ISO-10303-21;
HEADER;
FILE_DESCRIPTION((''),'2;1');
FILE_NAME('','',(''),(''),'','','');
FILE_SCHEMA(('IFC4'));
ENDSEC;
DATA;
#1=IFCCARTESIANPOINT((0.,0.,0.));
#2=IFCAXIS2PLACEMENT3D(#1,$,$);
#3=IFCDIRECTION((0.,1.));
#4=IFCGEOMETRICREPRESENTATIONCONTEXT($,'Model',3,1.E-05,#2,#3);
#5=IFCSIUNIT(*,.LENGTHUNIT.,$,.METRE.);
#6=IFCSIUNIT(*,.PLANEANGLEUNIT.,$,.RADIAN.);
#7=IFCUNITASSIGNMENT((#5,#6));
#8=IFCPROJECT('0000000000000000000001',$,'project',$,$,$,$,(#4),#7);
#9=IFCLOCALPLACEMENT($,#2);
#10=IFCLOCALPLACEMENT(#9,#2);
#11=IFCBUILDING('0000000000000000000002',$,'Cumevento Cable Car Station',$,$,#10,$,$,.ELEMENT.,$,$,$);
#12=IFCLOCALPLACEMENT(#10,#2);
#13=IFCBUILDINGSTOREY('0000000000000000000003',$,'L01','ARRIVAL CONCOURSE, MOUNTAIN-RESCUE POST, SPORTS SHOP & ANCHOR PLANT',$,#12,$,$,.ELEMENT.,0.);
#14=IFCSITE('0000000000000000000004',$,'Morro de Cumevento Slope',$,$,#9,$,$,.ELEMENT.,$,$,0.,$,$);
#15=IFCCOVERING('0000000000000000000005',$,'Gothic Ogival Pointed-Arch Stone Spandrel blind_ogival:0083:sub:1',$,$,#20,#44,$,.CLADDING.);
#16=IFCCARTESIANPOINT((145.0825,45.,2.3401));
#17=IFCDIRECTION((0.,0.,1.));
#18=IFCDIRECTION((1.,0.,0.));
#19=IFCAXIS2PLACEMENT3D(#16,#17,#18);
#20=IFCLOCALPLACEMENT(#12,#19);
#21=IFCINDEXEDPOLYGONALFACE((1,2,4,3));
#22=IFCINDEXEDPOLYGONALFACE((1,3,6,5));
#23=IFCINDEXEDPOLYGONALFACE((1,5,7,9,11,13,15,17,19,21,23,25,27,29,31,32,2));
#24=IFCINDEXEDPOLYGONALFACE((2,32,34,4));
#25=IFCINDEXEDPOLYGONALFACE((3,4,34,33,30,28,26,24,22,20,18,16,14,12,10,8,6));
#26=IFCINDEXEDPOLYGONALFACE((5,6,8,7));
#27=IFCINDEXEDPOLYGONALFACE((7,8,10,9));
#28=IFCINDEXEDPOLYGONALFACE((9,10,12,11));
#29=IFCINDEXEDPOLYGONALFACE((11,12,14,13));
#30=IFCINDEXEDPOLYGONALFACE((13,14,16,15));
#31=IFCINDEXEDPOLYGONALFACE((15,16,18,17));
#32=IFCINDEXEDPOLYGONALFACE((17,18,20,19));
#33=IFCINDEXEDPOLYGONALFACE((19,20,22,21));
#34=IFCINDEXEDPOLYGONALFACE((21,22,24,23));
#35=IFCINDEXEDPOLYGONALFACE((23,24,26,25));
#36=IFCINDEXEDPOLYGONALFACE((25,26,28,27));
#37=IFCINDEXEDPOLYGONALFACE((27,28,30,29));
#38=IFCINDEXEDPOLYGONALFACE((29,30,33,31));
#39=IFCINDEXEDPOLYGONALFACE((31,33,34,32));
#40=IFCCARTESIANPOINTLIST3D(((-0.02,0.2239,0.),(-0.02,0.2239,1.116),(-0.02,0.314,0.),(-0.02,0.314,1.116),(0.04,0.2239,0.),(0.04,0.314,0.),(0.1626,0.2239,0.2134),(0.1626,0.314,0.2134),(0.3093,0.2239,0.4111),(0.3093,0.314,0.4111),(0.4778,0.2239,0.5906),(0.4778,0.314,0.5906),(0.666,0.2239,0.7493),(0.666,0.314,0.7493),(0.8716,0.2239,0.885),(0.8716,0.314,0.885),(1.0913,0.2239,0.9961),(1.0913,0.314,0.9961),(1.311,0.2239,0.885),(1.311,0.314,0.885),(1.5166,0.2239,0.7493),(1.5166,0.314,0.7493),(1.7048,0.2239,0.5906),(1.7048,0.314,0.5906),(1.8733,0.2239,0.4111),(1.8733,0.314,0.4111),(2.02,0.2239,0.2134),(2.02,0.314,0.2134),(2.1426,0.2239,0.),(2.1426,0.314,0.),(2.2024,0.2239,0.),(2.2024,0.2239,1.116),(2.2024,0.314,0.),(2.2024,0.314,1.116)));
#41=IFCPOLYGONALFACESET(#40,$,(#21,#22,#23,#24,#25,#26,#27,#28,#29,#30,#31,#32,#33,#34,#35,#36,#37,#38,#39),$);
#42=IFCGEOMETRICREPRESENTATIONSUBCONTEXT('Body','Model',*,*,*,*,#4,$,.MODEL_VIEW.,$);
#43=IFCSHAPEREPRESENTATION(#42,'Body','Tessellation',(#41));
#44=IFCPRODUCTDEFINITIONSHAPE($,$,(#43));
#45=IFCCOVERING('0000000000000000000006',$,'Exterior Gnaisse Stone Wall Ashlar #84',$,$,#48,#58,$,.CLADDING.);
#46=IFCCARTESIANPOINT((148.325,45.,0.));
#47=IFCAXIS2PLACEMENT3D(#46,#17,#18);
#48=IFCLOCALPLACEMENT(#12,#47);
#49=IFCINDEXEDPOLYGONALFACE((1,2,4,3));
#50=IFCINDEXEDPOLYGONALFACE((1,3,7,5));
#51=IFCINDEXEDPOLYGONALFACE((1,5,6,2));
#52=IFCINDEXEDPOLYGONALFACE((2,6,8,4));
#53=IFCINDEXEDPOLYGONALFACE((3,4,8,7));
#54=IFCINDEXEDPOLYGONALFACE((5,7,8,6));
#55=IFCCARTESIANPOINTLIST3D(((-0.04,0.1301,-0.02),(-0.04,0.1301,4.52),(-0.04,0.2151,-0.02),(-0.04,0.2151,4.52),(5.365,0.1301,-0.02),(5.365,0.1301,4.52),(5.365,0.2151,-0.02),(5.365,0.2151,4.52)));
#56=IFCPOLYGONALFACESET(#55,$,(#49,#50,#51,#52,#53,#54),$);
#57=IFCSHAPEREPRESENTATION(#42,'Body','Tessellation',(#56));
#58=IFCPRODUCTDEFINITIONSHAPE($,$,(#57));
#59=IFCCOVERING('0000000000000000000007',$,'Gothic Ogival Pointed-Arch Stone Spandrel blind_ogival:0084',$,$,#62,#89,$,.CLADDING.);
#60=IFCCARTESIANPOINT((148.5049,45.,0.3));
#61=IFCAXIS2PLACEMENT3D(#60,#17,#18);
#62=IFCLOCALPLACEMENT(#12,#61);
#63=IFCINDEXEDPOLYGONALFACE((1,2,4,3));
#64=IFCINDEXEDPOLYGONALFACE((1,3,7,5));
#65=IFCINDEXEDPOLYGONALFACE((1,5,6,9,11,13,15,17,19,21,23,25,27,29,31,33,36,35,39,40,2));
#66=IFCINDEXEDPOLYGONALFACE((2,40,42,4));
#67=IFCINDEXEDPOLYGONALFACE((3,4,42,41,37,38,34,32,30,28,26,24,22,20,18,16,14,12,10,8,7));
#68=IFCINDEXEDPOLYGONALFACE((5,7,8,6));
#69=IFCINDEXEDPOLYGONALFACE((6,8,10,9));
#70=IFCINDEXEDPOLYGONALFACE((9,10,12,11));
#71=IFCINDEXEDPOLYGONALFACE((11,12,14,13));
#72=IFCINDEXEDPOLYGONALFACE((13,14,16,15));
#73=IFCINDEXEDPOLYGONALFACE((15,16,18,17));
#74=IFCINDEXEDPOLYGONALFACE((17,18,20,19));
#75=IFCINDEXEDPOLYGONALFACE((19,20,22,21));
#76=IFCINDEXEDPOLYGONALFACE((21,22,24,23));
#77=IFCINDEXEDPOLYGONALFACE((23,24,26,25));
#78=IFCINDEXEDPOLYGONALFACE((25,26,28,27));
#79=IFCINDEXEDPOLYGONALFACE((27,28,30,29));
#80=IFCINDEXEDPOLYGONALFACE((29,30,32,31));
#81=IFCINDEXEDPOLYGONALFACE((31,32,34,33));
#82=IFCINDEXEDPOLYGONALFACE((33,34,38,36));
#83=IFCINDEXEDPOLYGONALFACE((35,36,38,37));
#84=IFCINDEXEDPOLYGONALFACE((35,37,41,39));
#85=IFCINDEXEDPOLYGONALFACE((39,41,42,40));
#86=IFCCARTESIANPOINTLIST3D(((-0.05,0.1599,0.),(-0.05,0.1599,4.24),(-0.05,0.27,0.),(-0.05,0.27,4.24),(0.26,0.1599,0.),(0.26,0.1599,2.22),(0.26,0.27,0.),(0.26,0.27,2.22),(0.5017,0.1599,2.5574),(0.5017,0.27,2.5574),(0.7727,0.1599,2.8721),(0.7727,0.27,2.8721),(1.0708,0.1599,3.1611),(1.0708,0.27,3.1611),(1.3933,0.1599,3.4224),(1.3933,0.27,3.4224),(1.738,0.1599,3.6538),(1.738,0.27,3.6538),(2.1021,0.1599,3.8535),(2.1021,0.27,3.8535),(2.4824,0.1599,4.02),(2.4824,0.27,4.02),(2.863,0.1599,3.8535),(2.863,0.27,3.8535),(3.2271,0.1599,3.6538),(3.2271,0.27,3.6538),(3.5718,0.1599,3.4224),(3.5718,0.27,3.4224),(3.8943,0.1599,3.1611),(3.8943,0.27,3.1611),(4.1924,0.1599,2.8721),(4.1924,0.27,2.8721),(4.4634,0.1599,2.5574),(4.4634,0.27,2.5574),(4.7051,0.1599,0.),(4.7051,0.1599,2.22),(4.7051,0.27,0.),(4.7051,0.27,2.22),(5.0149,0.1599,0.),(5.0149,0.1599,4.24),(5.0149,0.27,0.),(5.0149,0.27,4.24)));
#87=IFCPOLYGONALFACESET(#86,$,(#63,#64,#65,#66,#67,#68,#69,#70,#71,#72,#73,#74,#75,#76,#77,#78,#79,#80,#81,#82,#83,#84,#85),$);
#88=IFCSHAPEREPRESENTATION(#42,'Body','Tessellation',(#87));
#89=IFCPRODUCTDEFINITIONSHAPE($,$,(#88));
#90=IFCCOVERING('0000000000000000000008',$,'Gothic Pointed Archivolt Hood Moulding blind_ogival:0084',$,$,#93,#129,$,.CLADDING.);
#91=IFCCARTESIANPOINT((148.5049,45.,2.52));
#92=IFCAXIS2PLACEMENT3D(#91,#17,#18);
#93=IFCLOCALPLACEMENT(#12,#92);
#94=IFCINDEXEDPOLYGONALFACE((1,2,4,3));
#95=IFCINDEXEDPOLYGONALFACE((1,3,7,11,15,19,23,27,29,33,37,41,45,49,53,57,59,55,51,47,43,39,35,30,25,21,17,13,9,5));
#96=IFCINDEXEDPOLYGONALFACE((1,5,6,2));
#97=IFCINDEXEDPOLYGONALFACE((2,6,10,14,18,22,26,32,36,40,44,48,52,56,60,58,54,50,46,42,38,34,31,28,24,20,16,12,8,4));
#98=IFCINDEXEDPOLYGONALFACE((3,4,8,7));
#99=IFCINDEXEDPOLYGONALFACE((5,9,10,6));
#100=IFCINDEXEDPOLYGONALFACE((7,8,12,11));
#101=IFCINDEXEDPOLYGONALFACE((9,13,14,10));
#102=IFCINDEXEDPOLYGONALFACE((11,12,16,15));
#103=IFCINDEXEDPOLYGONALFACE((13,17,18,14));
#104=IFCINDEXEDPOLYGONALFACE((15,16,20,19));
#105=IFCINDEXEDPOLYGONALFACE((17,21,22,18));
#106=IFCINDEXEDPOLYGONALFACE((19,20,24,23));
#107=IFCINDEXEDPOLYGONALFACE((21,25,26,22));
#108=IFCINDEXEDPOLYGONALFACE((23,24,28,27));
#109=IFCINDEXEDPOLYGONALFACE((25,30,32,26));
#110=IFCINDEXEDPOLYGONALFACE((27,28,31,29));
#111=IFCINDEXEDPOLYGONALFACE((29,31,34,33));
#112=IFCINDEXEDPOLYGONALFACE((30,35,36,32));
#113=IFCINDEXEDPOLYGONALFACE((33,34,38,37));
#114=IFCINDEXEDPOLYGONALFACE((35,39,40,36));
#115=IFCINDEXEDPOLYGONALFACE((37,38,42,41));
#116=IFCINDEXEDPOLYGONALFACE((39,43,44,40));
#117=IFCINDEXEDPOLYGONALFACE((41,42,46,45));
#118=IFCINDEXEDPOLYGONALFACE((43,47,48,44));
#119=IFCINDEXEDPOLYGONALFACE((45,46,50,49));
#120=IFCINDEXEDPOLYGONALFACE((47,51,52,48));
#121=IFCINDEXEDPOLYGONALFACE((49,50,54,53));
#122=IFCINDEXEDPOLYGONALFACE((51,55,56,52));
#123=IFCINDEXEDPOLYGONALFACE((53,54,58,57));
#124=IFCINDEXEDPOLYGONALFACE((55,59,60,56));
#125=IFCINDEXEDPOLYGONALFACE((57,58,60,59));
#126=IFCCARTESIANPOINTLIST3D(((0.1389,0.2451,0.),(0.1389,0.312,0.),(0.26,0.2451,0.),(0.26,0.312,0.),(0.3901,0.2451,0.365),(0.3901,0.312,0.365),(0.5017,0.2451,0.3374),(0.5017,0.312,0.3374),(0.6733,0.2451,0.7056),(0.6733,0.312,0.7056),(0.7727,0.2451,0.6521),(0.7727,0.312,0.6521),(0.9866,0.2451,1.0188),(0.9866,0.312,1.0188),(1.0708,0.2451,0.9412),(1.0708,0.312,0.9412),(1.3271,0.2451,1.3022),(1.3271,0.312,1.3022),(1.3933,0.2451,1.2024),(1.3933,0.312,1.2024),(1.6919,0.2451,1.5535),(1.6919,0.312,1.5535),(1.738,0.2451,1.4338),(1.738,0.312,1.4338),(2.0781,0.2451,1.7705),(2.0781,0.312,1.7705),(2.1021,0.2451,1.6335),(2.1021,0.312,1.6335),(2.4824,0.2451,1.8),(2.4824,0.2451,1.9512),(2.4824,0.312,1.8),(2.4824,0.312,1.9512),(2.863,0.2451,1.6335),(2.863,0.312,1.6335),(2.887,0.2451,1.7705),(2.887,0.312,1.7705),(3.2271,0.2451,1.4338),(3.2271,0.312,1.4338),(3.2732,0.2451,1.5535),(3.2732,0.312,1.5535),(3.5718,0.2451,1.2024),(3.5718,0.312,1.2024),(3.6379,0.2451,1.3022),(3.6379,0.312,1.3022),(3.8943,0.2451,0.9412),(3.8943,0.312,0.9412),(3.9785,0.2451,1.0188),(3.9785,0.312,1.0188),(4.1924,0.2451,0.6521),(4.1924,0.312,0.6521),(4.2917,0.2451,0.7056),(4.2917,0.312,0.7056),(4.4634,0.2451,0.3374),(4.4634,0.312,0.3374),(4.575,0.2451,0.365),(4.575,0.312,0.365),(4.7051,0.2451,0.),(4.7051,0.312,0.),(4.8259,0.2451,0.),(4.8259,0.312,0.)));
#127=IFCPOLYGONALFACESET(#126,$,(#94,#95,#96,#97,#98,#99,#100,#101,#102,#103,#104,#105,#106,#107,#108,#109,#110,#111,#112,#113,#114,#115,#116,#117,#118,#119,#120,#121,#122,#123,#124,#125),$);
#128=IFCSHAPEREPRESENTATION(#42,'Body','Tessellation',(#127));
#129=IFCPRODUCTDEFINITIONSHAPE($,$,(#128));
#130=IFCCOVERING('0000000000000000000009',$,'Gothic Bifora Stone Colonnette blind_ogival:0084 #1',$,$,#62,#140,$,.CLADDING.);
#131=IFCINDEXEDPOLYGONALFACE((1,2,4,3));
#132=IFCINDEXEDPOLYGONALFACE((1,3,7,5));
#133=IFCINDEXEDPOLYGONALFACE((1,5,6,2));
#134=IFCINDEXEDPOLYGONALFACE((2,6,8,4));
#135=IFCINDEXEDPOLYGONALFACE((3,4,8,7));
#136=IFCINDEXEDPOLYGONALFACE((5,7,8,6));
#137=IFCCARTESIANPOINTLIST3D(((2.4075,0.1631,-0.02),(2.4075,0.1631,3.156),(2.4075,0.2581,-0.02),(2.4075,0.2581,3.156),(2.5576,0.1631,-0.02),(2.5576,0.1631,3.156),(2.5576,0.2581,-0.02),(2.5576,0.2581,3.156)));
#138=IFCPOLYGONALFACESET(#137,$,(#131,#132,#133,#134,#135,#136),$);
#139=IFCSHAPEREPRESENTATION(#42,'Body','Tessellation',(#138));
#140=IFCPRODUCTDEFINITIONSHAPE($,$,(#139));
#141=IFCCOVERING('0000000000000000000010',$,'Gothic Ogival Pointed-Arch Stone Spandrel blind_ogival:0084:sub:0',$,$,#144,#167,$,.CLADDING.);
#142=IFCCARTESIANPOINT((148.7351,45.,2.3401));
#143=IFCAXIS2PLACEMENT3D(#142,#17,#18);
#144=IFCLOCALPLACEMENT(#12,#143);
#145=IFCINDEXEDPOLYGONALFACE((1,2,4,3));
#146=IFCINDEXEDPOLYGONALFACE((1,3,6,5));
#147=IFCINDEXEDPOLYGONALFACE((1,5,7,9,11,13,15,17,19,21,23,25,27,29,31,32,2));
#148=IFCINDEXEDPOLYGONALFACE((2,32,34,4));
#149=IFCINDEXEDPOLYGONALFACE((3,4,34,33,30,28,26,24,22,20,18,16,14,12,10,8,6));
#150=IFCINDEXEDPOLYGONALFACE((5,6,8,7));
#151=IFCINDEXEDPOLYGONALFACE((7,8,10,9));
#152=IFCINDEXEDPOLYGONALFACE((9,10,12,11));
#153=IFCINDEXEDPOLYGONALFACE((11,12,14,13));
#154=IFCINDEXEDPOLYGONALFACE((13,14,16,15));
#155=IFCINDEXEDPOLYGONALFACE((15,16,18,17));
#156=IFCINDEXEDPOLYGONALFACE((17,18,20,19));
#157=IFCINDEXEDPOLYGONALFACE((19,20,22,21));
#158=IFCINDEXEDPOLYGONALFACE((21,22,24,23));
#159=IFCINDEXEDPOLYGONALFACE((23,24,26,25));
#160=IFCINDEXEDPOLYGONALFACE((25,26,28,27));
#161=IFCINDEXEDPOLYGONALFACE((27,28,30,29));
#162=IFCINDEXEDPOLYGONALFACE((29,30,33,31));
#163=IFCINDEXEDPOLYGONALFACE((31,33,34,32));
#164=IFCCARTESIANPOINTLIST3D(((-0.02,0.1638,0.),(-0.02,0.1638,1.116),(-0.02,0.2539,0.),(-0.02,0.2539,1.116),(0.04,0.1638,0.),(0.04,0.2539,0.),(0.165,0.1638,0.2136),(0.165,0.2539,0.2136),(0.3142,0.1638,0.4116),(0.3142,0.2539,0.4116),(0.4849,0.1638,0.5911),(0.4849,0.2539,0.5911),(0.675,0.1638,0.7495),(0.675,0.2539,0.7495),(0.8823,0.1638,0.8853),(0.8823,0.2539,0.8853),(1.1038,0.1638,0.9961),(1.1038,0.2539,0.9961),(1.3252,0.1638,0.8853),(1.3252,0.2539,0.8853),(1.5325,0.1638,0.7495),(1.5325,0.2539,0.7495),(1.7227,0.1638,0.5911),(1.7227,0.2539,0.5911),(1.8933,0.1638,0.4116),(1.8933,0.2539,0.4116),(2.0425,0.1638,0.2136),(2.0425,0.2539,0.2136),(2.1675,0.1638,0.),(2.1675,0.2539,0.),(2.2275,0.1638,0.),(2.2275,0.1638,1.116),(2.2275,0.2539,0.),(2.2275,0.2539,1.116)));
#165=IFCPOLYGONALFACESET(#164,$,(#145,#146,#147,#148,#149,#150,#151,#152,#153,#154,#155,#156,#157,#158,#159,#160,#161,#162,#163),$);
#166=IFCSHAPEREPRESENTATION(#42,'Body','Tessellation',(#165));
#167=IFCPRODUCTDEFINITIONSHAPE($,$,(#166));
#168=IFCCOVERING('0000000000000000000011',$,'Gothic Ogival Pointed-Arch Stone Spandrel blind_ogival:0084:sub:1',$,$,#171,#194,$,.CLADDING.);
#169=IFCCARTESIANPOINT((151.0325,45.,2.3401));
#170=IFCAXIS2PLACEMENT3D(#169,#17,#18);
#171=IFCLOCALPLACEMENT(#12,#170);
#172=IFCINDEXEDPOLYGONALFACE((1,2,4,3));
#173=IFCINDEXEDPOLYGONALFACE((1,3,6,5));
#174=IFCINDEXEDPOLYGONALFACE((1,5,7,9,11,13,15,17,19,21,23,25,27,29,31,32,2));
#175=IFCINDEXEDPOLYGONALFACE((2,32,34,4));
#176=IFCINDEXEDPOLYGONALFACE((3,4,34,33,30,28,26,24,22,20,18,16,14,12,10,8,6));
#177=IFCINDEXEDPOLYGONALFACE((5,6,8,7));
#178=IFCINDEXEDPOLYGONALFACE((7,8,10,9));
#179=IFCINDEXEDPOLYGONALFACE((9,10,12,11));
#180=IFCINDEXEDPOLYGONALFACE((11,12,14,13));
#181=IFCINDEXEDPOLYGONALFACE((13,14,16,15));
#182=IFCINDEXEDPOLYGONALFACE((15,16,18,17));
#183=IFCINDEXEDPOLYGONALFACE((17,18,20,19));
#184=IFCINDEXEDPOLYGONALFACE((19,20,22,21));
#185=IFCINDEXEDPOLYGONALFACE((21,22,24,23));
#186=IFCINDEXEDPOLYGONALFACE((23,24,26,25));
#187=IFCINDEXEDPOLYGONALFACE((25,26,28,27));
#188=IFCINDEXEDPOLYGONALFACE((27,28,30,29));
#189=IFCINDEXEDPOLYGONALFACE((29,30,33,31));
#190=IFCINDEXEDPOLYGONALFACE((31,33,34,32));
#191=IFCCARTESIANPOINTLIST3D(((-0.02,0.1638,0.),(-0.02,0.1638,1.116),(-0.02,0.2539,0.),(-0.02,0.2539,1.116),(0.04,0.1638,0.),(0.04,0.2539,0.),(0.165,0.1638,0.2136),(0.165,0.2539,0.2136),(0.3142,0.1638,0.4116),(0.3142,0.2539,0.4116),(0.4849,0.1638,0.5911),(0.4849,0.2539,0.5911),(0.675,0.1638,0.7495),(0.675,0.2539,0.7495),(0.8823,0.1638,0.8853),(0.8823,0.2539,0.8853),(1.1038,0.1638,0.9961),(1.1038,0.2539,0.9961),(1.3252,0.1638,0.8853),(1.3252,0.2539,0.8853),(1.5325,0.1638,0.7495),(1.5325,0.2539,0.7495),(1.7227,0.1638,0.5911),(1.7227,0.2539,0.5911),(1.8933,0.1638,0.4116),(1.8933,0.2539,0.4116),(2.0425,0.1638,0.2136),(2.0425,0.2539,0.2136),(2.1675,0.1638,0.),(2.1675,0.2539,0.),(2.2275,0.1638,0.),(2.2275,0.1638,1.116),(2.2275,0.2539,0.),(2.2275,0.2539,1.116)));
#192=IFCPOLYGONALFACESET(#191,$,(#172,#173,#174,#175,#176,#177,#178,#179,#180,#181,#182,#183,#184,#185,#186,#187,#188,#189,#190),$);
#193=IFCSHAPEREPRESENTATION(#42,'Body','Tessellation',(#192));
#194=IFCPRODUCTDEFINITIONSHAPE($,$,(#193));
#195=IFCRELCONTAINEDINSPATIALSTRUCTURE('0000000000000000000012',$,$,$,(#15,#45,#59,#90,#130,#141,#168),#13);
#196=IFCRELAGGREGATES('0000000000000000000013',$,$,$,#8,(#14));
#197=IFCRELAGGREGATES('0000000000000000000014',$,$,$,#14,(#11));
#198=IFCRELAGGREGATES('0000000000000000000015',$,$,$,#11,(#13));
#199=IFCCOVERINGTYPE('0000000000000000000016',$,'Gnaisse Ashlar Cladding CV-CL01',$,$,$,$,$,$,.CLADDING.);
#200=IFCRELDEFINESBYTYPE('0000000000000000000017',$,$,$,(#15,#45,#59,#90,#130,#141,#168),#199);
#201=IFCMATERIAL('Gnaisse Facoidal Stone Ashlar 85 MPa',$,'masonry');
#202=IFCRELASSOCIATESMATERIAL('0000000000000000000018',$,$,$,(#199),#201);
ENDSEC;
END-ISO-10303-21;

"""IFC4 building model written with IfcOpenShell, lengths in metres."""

from ifc_helpers import new_model, si_unit, direction, frame, origin, place, context, subcontext, project, spatial, polyline, outline, extrude, material, type_object, element, save


model = new_model("IFC4")

# Units and contexts
model_context = context("Model", 3, precision=1e-05, world=origin(), true_north=direction((0.0, 1.0)))
body_context = subcontext(model_context, "Body", "Model", "MODEL_VIEW")
ifc_project = project(units=[si_unit("LENGTHUNIT", "METRE"), si_unit("PLANEANGLEUNIT", "RADIAN")], contexts=[model_context])

# Site, building, storey
site_placement = place(None, origin())
site = spatial("IfcSite", under=ifc_project, at=site_placement, Name="Morro de Cumevento Slope", CompositionType="ELEMENT", RefElevation=0.0)
building_placement = place(site_placement, origin())
building = spatial("IfcBuilding", under=site, at=building_placement, Name="Cumevento Cable Car Station", CompositionType="ELEMENT")
storey_placement = place(building_placement, origin())
storey = spatial("IfcBuildingStorey", under=building, at=storey_placement, Name="L01", Description="ARRIVAL CONCOURSE, MOUNTAIN-RESCUE POST, SPORTS SHOP & ANCHOR PLANT", CompositionType="ELEMENT", Elevation=0.0)

# Coverings
ifc_material_1 = material(Name="Gnaisse Facoidal Stone Ashlar 85 MPa", Category="masonry")
covering_type = type_object("IfcCoveringType", Name="Gnaisse Ashlar Cladding CV-CL01", PredefinedType="CLADDING", material=ifc_material_1)
covering_1_placement = place(storey_placement, frame((145.0825, 45.0, 2.3401), z_axis=(0.0, 0.0, 1.0), x_axis=(1.0, 0.0, 0.0)))
element("IfcCovering", 1, at=covering_1_placement, inside=storey, type_object=covering_type, Name="Gothic Ogival Pointed-Arch Stone Spandrel blind_ogival:0083:sub:1", PredefinedType="CLADDING", context=body_context, shape_type="SweptSolid", body=[
    extrude(outline(polyline([(-0.02, 0.0), (-0.02, 1.116), (2.2024, 1.116), (2.2024, 0.0), (2.1426, 0.0), (2.02, 0.2134), (1.8733, 0.4111), (1.7048, 0.5906), (1.5166, 0.7493), (1.311, 0.885), (1.0913, 0.9961), (0.8716, 0.885), (0.666, 0.7493), (0.4778, 0.5906), (0.3093, 0.4111), (0.1626, 0.2134), (0.04, 0.0), (-0.02, 0.0)])), frame((0.0, 0.314, 0.0), z_axis=(0.0, -1.0, 0.0), x_axis=(1.0, 0.0, 0.0)), (0.0, 0.0, 1.0), 0.0901),
])
covering_2_placement = place(storey_placement, frame((148.325, 45.0, 0.0), z_axis=(0.0, 0.0, 1.0), x_axis=(1.0, 0.0, 0.0)))
element("IfcCovering", 2, at=covering_2_placement, inside=storey, type_object=covering_type, Name="Exterior Gnaisse Stone Wall Ashlar #84", PredefinedType="CLADDING", context=body_context, shape_type="SweptSolid", body=[
    extrude(outline(polyline([(-0.04, -0.02), (5.365, -0.02), (5.365, 4.52), (-0.04, 4.52), (-0.04, -0.02)])), frame((0.0, 0.2151, 0.0), z_axis=(0.0, -1.0, 0.0), x_axis=(1.0, 0.0, 0.0)), (0.0, 0.0, 1.0), 0.085),
])
placement = place(storey_placement, frame((148.5049, 45.0, 0.3), z_axis=(0.0, 0.0, 1.0), x_axis=(1.0, 0.0, 0.0)))
element("IfcCovering", 3, at=placement, inside=storey, type_object=covering_type, Name="Gothic Ogival Pointed-Arch Stone Spandrel blind_ogival:0084", PredefinedType="CLADDING", context=body_context, shape_type="SweptSolid", body=[
    extrude(outline(polyline([(-0.05, 0.0), (-0.05, 4.24), (5.0149, 4.24), (5.0149, 0.0), (4.7051, 0.0), (4.7051, 2.22), (4.4634, 2.5574), (4.1924, 2.8721), (3.8943, 3.1611), (3.5718, 3.4224), (3.2271, 3.6538), (2.863, 3.8535), (2.4824, 4.02), (2.1021, 3.8535), (1.738, 3.6538), (1.3933, 3.4224), (1.0708, 3.1611), (0.7727, 2.8721), (0.5017, 2.5574), (0.26, 2.22), (0.26, 0.0), (-0.05, 0.0)])), frame((0.0, 0.27, 0.0), z_axis=(0.0, -1.0, 0.0), x_axis=(1.0, 0.0, 0.0)), (0.0, 0.0, 1.0), 0.1101),
])
covering_3_placement = place(storey_placement, frame((148.5049, 45.0, 2.52), z_axis=(0.0, 0.0, 1.0), x_axis=(1.0, 0.0, 0.0)))
element("IfcCovering", 4, at=covering_3_placement, inside=storey, type_object=covering_type, Name="Gothic Pointed Archivolt Hood Moulding blind_ogival:0084", PredefinedType="CLADDING", context=body_context, shape_type="SweptSolid", body=[
    extrude(outline(polyline([(0.26, 0.0), (0.5017, 0.3374), (0.7727, 0.6521), (1.0708, 0.9412), (1.3933, 1.2024), (1.738, 1.4338), (2.1021, 1.6335), (2.4824, 1.8), (2.863, 1.6335), (3.2271, 1.4338), (3.5718, 1.2024), (3.8943, 0.9412), (4.1924, 0.6521), (4.4634, 0.3374), (4.7051, 0.0), (4.8259, 0.0), (4.575, 0.365), (4.2917, 0.7056), (3.9785, 1.0188), (3.6379, 1.3022), (3.2732, 1.5535), (2.887, 1.7705), (2.4824, 1.9512), (2.0781, 1.7705), (1.6919, 1.5535), (1.3271, 1.3022), (0.9866, 1.0188), (0.6733, 0.7056), (0.3901, 0.365), (0.1389, 0.0), (0.26, 0.0)])), frame((0.0, 0.312, 0.0), z_axis=(0.0, -1.0, 0.0), x_axis=(1.0, 0.0, 0.0)), (0.0, 0.0, 1.0), 0.0669),
])
element("IfcCovering", 5, at=placement, inside=storey, type_object=covering_type, Name="Gothic Bifora Stone Colonnette blind_ogival:0084 #1", PredefinedType="CLADDING", context=body_context, shape_type="SweptSolid", body=[
    extrude(outline(polyline([(2.4075, -0.02), (2.5576, -0.02), (2.5576, 3.156), (2.4075, 3.156), (2.4075, -0.02)])), frame((0.0, 0.2581, 0.0), z_axis=(0.0, -1.0, 0.0), x_axis=(1.0, 0.0, 0.0)), (0.0, 0.0, 1.0), 0.095),
])
for number, where, z_axis, x_axis, name in (
    (6, (148.7351, 45.0, 2.3401), (0.0, 0.0, 1.0), (1.0, 0.0, 0.0), "Gothic Ogival Pointed-Arch Stone Spandrel blind_ogival:0084:sub:0"),
    (7, (151.0325, 45.0, 2.3401), (0.0, 0.0, 1.0), (1.0, 0.0, 0.0), "Gothic Ogival Pointed-Arch Stone Spandrel blind_ogival:0084:sub:1"),
):
    element("IfcCovering", number, at=place(storey_placement, frame(where, z_axis=z_axis, x_axis=x_axis)), inside=storey, type_object=covering_type, Name=name, PredefinedType="CLADDING", context=body_context, shape_type="SweptSolid", body=[
        extrude(outline(polyline([(-0.02, 0.0), (-0.02, 1.116), (2.2275, 1.116), (2.2275, 0.0), (2.1675, 0.0), (2.0425, 0.2136), (1.8933, 0.4116), (1.7227, 0.5911), (1.5325, 0.7495), (1.3252, 0.8853), (1.1038, 0.9961), (0.8823, 0.8853), (0.675, 0.7495), (0.4849, 0.5911), (0.3142, 0.4116), (0.165, 0.2136), (0.04, 0.0), (-0.02, 0.0)])), frame((0.0, 0.2539, 0.0), z_axis=(0.0, -1.0, 0.0), x_axis=(1.0, 0.0, 0.0)), (0.0, 0.0, 1.0), 0.0901),
    ])

save(model, "model.ifc")
